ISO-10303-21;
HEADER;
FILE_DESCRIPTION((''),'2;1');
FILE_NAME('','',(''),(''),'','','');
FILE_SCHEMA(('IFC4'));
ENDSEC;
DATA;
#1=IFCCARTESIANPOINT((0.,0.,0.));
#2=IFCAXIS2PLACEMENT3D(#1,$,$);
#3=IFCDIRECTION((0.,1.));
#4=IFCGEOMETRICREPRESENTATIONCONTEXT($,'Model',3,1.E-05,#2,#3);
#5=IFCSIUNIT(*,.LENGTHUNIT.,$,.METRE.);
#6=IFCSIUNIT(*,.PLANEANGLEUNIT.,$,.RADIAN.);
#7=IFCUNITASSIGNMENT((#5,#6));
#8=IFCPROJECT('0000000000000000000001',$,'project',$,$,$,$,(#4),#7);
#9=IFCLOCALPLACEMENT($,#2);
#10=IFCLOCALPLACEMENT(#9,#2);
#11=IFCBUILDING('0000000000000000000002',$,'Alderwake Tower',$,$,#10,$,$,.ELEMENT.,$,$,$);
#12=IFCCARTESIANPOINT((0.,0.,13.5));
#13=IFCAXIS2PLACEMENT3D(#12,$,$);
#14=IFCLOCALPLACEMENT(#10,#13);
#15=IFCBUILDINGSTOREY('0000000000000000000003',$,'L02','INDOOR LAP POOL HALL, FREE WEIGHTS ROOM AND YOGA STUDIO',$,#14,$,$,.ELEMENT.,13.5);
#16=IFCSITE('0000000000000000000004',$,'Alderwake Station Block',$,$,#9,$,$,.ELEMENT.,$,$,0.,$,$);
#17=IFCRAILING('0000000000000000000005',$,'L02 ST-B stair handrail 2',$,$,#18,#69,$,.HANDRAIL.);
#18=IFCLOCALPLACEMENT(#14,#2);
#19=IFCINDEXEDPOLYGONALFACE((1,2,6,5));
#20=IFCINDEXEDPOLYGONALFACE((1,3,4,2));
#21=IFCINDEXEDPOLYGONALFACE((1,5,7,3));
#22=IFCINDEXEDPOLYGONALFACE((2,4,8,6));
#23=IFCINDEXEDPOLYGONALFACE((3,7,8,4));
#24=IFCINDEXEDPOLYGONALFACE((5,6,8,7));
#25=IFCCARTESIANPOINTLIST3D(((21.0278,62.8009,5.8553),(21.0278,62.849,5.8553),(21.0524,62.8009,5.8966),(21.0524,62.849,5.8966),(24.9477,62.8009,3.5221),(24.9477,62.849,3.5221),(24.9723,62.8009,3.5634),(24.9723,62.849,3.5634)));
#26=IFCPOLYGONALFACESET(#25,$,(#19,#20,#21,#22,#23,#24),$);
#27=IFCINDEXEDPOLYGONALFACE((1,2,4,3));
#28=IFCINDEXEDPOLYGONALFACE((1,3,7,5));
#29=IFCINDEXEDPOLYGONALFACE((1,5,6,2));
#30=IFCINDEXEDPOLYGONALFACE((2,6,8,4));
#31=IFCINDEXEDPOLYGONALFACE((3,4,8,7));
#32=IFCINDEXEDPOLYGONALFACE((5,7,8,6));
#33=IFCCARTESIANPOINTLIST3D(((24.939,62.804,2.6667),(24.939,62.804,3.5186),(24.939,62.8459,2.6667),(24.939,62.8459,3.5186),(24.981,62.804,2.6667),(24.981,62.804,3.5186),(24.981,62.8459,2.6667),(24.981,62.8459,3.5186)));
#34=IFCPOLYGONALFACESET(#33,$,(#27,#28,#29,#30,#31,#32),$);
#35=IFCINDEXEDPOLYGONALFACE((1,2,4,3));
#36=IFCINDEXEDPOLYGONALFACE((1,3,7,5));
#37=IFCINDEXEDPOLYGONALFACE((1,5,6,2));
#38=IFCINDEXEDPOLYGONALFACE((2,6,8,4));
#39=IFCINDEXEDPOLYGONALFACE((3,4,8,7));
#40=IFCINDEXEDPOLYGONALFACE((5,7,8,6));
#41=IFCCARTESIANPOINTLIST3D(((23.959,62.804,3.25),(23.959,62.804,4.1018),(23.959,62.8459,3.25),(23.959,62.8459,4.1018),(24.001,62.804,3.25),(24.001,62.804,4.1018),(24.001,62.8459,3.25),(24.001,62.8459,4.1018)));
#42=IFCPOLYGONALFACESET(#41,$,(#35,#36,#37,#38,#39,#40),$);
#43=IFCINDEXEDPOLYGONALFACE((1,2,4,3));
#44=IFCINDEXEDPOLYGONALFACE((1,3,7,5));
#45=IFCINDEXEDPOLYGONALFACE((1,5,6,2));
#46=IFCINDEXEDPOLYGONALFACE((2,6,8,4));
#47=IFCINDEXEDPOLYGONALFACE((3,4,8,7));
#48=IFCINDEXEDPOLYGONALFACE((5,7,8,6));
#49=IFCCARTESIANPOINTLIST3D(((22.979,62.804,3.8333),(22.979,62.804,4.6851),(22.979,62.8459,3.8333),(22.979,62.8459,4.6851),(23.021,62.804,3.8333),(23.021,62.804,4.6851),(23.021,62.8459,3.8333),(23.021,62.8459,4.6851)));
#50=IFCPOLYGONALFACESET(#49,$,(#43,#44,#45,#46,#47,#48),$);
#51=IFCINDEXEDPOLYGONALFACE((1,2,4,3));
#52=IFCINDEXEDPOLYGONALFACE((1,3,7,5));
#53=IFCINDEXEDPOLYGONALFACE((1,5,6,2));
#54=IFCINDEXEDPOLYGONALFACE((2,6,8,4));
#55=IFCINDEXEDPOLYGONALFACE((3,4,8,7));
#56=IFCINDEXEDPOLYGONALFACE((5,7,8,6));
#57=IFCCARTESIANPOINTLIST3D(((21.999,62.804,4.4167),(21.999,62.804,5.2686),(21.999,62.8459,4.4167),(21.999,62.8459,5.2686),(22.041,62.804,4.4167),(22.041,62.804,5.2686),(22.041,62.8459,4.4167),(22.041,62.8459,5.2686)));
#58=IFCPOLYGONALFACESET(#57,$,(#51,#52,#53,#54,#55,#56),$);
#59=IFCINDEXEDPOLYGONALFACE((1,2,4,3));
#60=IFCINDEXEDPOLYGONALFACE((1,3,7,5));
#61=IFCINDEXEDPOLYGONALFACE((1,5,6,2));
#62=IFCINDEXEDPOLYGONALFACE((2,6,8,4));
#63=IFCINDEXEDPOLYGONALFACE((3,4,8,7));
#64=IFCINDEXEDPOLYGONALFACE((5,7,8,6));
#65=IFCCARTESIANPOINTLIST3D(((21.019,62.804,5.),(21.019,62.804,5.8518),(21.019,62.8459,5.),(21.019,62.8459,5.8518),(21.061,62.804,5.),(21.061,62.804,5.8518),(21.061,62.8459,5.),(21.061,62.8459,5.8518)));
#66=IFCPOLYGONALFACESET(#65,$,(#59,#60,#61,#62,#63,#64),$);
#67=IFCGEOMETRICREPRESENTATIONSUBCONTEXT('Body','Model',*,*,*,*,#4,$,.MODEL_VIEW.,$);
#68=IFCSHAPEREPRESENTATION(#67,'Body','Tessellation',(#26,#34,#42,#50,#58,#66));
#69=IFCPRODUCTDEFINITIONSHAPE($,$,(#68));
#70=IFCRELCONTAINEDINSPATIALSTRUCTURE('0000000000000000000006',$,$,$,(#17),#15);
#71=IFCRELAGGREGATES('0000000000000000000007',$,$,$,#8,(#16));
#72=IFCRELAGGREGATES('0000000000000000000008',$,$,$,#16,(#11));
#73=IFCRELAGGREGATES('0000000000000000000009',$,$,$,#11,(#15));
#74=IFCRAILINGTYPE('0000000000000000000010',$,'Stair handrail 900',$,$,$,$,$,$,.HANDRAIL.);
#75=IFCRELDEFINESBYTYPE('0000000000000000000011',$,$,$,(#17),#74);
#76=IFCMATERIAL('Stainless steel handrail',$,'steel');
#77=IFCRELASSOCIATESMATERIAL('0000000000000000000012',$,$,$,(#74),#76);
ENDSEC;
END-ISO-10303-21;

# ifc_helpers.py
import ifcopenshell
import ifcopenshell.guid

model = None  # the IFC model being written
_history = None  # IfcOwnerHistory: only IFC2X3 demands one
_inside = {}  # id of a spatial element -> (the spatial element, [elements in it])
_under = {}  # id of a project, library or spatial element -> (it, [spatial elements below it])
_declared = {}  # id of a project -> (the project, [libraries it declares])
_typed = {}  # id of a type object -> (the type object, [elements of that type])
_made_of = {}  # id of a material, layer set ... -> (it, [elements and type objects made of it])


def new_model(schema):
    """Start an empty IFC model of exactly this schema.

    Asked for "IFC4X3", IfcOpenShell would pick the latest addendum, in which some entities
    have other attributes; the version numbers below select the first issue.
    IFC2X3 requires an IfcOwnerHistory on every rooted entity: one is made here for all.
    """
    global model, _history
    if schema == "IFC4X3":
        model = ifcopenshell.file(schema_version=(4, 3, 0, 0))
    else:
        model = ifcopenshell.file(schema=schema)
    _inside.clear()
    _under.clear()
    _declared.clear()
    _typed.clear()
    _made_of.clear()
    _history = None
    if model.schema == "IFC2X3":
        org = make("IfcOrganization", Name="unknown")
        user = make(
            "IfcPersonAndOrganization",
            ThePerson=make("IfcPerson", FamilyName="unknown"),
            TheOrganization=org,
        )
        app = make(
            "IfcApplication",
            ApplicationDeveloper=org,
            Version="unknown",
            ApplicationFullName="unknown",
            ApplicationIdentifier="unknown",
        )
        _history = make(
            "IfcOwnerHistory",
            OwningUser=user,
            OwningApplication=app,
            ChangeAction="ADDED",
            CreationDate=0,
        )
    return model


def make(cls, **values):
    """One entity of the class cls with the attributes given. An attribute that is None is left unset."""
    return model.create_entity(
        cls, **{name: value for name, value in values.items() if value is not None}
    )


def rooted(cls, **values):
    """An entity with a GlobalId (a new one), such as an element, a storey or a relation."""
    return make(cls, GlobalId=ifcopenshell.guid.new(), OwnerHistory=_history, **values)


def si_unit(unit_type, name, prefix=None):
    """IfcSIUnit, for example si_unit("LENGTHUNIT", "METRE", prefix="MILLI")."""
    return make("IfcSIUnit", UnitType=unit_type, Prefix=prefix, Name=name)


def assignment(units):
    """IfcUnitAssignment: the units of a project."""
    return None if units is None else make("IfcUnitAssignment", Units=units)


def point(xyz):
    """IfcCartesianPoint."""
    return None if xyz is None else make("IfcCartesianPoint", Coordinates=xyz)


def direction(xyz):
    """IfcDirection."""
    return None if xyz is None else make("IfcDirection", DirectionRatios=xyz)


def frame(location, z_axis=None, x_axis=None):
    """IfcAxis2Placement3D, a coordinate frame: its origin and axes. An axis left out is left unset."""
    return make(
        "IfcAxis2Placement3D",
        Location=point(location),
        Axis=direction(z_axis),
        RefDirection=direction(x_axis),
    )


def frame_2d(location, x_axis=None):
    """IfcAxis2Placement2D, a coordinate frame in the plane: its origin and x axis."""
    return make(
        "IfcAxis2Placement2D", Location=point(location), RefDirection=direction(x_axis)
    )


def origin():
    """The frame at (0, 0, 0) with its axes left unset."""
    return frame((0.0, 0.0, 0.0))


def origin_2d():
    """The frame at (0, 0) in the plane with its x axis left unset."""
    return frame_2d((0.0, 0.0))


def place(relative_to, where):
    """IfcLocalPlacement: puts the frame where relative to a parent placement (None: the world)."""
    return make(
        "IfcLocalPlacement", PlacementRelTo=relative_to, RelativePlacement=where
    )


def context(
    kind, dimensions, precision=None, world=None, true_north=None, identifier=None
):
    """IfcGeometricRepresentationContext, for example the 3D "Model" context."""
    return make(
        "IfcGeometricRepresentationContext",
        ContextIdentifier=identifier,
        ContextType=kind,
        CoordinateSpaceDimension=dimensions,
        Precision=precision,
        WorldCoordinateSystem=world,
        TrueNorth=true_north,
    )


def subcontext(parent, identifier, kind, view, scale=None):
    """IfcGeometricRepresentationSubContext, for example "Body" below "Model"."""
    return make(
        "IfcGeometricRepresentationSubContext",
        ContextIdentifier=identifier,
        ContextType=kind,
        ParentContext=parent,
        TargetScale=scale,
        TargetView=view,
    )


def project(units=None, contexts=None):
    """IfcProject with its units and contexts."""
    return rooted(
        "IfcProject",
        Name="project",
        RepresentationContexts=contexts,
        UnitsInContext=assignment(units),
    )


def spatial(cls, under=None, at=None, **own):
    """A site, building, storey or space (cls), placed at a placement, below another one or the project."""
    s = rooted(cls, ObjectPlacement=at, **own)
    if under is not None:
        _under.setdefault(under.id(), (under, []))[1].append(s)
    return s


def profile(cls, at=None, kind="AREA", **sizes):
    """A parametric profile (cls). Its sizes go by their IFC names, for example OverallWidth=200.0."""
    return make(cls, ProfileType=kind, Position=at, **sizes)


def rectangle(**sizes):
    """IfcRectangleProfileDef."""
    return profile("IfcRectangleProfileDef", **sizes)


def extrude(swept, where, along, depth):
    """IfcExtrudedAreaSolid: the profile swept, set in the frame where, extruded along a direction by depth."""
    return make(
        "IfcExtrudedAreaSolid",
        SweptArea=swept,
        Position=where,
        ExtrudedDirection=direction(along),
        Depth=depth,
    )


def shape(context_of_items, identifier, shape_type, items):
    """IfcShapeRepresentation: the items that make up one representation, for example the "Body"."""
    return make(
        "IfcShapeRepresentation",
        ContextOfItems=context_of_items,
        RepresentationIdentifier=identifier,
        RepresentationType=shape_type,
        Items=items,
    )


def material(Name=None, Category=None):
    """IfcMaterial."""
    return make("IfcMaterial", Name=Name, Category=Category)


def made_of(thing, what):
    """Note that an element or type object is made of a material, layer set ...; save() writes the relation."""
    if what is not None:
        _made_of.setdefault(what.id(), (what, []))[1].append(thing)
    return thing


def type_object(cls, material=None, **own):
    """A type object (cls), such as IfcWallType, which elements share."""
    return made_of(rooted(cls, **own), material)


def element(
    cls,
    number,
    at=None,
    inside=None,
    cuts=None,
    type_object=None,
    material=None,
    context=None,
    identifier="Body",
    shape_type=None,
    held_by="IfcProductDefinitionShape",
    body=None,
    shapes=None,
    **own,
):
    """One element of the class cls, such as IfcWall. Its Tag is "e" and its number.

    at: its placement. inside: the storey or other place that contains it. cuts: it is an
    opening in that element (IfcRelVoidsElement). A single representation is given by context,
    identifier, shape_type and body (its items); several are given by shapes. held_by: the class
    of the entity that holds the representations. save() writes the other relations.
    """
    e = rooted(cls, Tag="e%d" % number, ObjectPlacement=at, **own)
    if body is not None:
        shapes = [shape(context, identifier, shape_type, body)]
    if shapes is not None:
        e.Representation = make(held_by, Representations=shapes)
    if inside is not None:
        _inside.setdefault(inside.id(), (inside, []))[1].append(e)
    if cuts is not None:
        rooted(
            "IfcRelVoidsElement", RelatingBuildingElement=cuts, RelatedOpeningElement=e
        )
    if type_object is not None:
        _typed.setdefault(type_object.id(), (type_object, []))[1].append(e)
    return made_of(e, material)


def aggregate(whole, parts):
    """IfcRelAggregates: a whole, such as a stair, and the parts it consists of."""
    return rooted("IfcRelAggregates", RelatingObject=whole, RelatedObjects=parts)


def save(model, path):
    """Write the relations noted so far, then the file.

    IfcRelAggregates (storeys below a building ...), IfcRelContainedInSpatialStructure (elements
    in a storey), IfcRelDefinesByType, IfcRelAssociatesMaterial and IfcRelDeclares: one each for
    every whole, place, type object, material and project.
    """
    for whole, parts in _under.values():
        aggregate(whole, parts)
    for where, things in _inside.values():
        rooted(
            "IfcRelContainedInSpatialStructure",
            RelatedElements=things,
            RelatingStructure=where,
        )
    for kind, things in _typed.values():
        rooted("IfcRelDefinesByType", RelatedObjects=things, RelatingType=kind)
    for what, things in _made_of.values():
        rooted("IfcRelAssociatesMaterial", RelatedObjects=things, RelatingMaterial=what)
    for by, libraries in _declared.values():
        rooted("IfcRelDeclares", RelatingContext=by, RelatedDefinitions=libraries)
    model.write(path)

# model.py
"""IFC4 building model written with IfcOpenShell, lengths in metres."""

from ifc_helpers import new_model, si_unit, direction, frame, origin, origin_2d, place, context, subcontext, project, spatial, rectangle, extrude, material, type_object, element, save


model = new_model("IFC4")

# Units and contexts
model_context = context("Model", 3, precision=1e-05, world=origin(), true_north=direction((0.0, 1.0)))
body_context = subcontext(model_context, "Body", "Model", "MODEL_VIEW")
ifc_project = project(units=[si_unit("LENGTHUNIT", "METRE"), si_unit("PLANEANGLEUNIT", "RADIAN")], contexts=[model_context])

# Site, building, storey
site_placement = place(None, origin())
site = spatial("IfcSite", under=ifc_project, at=site_placement, Name="Alderwake Station Block", CompositionType="ELEMENT", RefElevation=0.0)
building_placement = place(site_placement, origin())
building = spatial("IfcBuilding", under=site, at=building_placement, Name="Alderwake Tower", CompositionType="ELEMENT")
storey_placement = place(building_placement, frame((0.0, 0.0, 13.5)))
storey = spatial("IfcBuildingStorey", under=building, at=storey_placement, Name="L02", Description="INDOOR LAP POOL HALL, FREE WEIGHTS ROOM AND YOGA STUDIO", CompositionType="ELEMENT", Elevation=13.5)

# Railing
ifc_material_1 = material(Name="Stainless steel handrail", Category="steel")
railing_type = type_object("IfcRailingType", Name="Stair handrail 900", PredefinedType="HANDRAIL", material=ifc_material_1)
railing_1_placement = place(storey_placement, frame((24.96, 62.825, 2.6667)))
element("IfcRailing", 1, at=railing_1_placement, inside=storey, type_object=railing_type, Name="L02 ST-B stair handrail 2", PredefinedType="HANDRAIL", context=body_context, shape_type="SweptSolid", body=[
    extrude(rectangle(XDim=0.0481, YDim=0.0481, at=origin_2d()), frame((0.0, 0.0, 0.876), z_axis=(-0.859296, 0.0, 0.511478), x_axis=(0.0, -1.0, 0.0)), (0.0, 0.0, 1.0), 4.5618),
    extrude(rectangle(XDim=0.042, YDim=0.042, at=origin_2d()), frame((0.0, 0.0, 0.0), z_axis=(0.0, 0.0, 1.0), x_axis=(-1.0, 0.0, 0.0)), (0.0, 0.0, 1.0), 0.8518),
    extrude(rectangle(XDim=0.042, YDim=0.042, at=origin_2d()), frame((-0.98, 0.0, 0.5833), z_axis=(0.0, 0.0, 1.0), x_axis=(-1.0, 0.0, 0.0)), (0.0, 0.0, 1.0), 0.8518),
    extrude(rectangle(XDim=0.042, YDim=0.042, at=origin_2d()), frame((-1.96, 0.0, 1.1665), z_axis=(0.0, 0.0, 1.0), x_axis=(-1.0, 0.0, 0.0)), (0.0, 0.0, 1.0), 0.8518),
    extrude(rectangle(XDim=0.042, YDim=0.042, at=origin_2d()), frame((-2.9399, 0.0, 1.75), z_axis=(0.0, 0.0, 1.0), x_axis=(-1.0, 0.0, 0.0)), (0.0, 0.0, 1.0), 0.8518),
    extrude(rectangle(XDim=0.042, YDim=0.042, at=origin_2d()), frame((-3.9199, 0.0, 2.3333), z_axis=(0.0, 0.0, 1.0), x_axis=(-1.0, 0.0, 0.0)), (0.0, 0.0, 1.0), 0.8518),
])

save(model, "model.ifc")
